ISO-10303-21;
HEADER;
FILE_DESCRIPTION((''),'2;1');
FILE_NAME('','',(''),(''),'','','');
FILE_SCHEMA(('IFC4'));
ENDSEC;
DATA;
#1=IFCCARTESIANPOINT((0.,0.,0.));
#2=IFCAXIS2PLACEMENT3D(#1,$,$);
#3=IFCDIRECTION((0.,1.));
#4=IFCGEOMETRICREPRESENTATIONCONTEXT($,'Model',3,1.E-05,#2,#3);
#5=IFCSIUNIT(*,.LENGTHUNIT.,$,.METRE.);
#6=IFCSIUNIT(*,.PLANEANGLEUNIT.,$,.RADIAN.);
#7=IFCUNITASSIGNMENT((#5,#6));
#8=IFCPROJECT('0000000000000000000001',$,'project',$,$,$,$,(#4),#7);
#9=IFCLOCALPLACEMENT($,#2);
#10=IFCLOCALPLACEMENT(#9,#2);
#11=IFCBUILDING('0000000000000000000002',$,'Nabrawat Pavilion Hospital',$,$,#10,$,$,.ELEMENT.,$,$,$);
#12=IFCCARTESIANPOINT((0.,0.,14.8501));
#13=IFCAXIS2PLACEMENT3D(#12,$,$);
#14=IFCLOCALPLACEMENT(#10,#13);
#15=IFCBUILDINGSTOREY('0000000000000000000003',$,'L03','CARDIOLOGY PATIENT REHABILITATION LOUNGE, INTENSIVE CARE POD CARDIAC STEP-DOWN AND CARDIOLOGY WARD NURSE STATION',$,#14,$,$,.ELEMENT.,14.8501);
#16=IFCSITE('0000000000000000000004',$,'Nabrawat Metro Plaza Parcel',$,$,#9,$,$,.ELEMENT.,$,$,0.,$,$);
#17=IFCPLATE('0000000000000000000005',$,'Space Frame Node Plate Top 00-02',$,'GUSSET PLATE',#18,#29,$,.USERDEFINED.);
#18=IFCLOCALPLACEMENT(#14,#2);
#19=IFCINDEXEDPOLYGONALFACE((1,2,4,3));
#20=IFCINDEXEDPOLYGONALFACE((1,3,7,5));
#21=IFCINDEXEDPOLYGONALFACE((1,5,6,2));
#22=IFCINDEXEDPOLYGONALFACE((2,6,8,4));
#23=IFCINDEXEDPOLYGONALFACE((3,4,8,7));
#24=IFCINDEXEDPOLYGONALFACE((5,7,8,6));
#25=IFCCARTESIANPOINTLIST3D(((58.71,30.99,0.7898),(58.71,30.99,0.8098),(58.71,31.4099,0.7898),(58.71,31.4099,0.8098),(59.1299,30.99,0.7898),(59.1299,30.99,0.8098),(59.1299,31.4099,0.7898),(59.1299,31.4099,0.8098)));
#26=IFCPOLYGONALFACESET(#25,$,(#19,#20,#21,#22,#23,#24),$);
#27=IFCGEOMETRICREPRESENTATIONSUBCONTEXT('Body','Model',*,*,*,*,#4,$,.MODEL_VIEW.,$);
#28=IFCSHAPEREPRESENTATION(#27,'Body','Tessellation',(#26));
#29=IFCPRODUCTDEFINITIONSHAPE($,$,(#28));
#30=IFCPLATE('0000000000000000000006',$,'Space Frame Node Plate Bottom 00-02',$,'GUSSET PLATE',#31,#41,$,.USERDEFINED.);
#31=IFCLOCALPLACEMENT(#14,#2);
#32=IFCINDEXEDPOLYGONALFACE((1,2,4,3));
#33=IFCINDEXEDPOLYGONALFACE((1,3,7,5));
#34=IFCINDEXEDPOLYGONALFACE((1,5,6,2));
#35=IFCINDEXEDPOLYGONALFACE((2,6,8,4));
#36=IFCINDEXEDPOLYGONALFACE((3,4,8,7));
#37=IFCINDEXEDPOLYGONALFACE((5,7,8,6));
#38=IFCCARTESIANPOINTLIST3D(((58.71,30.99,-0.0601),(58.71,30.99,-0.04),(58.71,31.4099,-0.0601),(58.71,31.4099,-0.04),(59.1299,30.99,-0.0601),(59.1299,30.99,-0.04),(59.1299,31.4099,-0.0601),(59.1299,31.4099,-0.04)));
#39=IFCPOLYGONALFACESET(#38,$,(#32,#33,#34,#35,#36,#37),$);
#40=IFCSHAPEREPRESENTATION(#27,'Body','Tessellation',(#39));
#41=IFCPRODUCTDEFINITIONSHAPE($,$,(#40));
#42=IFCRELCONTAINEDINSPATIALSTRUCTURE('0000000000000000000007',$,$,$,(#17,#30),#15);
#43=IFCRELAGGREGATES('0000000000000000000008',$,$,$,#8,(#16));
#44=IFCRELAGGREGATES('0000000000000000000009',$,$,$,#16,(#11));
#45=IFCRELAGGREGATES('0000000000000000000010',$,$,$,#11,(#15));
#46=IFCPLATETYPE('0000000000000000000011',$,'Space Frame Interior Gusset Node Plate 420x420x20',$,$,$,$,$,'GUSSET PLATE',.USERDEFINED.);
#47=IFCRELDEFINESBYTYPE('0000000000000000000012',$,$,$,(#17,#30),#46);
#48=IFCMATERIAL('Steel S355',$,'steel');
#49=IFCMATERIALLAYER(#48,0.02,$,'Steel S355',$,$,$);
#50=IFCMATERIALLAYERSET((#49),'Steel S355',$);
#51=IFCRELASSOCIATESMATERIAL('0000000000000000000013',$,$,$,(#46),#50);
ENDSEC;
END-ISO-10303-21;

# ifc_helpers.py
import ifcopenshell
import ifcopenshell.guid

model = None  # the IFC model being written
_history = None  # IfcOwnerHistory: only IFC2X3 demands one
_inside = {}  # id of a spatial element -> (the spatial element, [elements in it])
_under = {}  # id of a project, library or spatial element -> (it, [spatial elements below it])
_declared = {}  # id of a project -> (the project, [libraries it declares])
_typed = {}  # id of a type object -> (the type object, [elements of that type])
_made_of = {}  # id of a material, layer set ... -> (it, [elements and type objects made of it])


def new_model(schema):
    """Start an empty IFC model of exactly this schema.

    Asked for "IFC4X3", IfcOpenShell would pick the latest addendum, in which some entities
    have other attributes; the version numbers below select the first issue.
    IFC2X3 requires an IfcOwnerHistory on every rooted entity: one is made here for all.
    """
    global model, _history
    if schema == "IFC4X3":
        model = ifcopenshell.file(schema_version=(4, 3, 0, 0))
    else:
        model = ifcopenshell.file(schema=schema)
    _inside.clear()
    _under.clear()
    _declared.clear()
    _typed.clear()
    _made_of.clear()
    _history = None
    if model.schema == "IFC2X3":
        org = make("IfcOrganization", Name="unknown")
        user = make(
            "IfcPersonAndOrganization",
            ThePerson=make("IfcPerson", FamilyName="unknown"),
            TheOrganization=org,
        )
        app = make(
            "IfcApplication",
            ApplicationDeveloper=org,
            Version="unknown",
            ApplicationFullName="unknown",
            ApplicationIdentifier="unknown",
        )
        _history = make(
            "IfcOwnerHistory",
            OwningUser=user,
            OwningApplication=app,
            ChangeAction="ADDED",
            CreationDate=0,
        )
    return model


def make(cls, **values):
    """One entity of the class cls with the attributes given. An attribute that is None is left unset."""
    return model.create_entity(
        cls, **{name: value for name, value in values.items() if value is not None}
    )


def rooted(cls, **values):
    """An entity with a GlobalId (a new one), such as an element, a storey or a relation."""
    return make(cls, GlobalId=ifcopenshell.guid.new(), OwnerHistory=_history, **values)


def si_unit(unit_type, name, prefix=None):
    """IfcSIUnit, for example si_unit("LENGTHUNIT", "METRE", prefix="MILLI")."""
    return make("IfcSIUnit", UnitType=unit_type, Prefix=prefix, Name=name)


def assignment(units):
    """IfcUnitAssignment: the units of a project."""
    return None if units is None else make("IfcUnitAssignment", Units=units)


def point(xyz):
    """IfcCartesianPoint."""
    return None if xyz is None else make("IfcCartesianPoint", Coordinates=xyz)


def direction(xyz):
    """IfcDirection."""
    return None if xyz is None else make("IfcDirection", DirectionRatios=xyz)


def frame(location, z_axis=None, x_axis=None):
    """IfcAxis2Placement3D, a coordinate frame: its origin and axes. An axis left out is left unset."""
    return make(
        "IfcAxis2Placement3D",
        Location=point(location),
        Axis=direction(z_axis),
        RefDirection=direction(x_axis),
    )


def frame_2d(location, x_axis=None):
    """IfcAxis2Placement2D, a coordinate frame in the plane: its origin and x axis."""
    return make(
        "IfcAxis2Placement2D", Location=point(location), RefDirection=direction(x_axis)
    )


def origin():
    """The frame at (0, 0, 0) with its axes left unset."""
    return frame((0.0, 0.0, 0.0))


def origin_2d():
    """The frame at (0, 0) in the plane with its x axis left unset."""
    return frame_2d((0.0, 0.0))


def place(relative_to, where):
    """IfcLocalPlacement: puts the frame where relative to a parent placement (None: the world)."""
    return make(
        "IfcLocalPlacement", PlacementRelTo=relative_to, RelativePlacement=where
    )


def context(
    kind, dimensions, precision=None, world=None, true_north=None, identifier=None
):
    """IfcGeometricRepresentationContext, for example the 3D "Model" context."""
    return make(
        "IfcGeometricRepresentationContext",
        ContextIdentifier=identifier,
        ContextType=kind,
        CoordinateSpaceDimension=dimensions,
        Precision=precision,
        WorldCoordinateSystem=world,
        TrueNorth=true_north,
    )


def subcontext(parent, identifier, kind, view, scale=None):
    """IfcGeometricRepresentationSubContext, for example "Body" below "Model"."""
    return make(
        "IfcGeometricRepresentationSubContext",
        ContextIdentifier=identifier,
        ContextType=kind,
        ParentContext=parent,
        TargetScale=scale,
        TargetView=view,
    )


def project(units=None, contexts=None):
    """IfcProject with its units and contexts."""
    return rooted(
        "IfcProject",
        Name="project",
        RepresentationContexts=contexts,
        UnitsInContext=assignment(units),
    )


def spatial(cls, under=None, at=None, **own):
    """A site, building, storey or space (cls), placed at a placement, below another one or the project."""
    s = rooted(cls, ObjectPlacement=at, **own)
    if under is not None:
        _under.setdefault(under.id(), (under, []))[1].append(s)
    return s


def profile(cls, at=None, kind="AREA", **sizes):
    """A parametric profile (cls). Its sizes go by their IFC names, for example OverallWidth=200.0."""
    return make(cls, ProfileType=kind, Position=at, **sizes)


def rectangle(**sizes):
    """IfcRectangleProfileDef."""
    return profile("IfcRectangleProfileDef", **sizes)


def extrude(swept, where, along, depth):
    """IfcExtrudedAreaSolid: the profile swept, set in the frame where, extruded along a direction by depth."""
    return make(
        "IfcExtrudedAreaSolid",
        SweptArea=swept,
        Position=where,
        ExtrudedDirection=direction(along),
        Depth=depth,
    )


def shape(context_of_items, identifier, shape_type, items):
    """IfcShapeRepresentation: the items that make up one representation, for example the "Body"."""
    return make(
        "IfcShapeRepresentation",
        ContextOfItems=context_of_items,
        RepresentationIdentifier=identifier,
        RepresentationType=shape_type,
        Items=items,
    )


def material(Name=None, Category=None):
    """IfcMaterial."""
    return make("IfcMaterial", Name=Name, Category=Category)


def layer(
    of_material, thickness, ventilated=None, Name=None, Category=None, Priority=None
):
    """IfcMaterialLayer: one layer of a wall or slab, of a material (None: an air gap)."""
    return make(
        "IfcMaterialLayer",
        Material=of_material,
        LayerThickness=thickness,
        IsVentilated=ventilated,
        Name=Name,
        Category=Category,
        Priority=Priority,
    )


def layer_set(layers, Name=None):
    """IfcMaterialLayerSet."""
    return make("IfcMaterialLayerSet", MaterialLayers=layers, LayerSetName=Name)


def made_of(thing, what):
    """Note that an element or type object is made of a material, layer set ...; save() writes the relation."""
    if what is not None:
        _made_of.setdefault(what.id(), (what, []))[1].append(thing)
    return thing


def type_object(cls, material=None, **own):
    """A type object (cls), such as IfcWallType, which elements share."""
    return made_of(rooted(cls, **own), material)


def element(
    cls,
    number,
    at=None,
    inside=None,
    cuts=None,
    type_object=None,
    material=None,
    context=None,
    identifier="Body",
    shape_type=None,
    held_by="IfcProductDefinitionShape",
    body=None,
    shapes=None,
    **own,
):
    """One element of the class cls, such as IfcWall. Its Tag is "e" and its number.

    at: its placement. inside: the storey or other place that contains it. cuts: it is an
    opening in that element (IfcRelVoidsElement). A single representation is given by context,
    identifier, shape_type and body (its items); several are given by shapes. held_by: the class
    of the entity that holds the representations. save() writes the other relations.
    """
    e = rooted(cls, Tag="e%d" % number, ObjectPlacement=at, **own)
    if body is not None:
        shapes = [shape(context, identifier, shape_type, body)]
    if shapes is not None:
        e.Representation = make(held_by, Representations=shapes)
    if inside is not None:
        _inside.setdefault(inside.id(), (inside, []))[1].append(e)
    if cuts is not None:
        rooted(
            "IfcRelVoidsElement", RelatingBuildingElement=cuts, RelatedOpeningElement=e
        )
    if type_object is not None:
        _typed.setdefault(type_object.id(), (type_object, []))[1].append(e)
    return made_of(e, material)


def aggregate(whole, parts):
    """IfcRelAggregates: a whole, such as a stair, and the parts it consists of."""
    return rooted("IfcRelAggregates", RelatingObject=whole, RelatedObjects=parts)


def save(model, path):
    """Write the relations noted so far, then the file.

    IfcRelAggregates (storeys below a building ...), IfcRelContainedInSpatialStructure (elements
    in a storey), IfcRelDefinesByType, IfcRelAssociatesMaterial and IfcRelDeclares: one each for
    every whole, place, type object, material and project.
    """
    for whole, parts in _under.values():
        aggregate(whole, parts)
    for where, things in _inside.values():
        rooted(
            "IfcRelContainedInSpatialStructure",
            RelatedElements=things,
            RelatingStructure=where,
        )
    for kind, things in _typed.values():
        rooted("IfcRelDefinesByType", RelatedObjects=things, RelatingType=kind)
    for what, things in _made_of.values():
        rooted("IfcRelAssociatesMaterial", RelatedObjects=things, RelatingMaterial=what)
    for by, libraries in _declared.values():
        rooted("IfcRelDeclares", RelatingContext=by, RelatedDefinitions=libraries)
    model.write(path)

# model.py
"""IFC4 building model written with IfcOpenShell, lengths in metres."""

from ifc_helpers import new_model, si_unit, direction, frame, origin, origin_2d, place, context, subcontext, project, spatial, rectangle, extrude, material, layer, layer_set, type_object, element, save


model = new_model("IFC4")

# Units and contexts
model_context = context("Model", 3, precision=1e-05, world=origin(), true_north=direction((0.0, 1.0)))
body_context = subcontext(model_context, "Body", "Model", "MODEL_VIEW")
ifc_project = project(units=[si_unit("LENGTHUNIT", "METRE"), si_unit("PLANEANGLEUNIT", "RADIAN")], contexts=[model_context])

# Site, building, storey
site_placement = place(None, origin())
site = spatial("IfcSite", under=ifc_project, at=site_placement, Name="Nabrawat Metro Plaza Parcel", CompositionType="ELEMENT", RefElevation=0.0)
building_placement = place(site_placement, origin())
building = spatial("IfcBuilding", under=site, at=building_placement, Name="Nabrawat Pavilion Hospital", CompositionType="ELEMENT")
storey_placement = place(building_placement, frame((0.0, 0.0, 14.8501)))
storey = spatial("IfcBuildingStorey", under=building, at=storey_placement, Name="L03", Description="CARDIOLOGY PATIENT REHABILITATION LOUNGE, INTENSIVE CARE POD CARDIAC STEP-DOWN AND CARDIOLOGY WARD NURSE STATION", CompositionType="ELEMENT", Elevation=14.8501)

# Shared definitions
ifc_material_1 = material(Name="Steel S355", Category="steel")

# Plates
ifc_layer_1 = layer(ifc_material_1, 0.02, Name="Steel S355")
ifc_layer_set_1 = layer_set([ifc_layer_1], Name="Steel S355")
plate_type = type_object("IfcPlateType", Name="Space Frame Interior Gusset Node Plate 420x420x20", ElementType="GUSSET PLATE", PredefinedType="USERDEFINED", material=ifc_layer_set_1)
for number, where, z_axis, x_axis, name in (
    (1, (58.9199, 31.2, 0.7898), (0.0, 0.0, 1.0), (1.0, 0.0, 0.0), "Space Frame Node Plate Top 00-02"),
    (2, (58.9199, 31.2, -0.0601), (0.0, 0.0, 1.0), (1.0, 0.0, 0.0), "Space Frame Node Plate Bottom 00-02"),
):
    element("IfcPlate", number, at=place(storey_placement, frame(where, z_axis=z_axis, x_axis=x_axis)), inside=storey, type_object=plate_type, Name=name, ObjectType="GUSSET PLATE", PredefinedType="USERDEFINED", context=body_context, shape_type="SweptSolid", body=[
        extrude(rectangle(XDim=0.4199, YDim=0.4199, at=origin_2d()), origin(), (0.0, 0.0, 1.0), 0.02),
    ])

save(model, "model.ifc")
